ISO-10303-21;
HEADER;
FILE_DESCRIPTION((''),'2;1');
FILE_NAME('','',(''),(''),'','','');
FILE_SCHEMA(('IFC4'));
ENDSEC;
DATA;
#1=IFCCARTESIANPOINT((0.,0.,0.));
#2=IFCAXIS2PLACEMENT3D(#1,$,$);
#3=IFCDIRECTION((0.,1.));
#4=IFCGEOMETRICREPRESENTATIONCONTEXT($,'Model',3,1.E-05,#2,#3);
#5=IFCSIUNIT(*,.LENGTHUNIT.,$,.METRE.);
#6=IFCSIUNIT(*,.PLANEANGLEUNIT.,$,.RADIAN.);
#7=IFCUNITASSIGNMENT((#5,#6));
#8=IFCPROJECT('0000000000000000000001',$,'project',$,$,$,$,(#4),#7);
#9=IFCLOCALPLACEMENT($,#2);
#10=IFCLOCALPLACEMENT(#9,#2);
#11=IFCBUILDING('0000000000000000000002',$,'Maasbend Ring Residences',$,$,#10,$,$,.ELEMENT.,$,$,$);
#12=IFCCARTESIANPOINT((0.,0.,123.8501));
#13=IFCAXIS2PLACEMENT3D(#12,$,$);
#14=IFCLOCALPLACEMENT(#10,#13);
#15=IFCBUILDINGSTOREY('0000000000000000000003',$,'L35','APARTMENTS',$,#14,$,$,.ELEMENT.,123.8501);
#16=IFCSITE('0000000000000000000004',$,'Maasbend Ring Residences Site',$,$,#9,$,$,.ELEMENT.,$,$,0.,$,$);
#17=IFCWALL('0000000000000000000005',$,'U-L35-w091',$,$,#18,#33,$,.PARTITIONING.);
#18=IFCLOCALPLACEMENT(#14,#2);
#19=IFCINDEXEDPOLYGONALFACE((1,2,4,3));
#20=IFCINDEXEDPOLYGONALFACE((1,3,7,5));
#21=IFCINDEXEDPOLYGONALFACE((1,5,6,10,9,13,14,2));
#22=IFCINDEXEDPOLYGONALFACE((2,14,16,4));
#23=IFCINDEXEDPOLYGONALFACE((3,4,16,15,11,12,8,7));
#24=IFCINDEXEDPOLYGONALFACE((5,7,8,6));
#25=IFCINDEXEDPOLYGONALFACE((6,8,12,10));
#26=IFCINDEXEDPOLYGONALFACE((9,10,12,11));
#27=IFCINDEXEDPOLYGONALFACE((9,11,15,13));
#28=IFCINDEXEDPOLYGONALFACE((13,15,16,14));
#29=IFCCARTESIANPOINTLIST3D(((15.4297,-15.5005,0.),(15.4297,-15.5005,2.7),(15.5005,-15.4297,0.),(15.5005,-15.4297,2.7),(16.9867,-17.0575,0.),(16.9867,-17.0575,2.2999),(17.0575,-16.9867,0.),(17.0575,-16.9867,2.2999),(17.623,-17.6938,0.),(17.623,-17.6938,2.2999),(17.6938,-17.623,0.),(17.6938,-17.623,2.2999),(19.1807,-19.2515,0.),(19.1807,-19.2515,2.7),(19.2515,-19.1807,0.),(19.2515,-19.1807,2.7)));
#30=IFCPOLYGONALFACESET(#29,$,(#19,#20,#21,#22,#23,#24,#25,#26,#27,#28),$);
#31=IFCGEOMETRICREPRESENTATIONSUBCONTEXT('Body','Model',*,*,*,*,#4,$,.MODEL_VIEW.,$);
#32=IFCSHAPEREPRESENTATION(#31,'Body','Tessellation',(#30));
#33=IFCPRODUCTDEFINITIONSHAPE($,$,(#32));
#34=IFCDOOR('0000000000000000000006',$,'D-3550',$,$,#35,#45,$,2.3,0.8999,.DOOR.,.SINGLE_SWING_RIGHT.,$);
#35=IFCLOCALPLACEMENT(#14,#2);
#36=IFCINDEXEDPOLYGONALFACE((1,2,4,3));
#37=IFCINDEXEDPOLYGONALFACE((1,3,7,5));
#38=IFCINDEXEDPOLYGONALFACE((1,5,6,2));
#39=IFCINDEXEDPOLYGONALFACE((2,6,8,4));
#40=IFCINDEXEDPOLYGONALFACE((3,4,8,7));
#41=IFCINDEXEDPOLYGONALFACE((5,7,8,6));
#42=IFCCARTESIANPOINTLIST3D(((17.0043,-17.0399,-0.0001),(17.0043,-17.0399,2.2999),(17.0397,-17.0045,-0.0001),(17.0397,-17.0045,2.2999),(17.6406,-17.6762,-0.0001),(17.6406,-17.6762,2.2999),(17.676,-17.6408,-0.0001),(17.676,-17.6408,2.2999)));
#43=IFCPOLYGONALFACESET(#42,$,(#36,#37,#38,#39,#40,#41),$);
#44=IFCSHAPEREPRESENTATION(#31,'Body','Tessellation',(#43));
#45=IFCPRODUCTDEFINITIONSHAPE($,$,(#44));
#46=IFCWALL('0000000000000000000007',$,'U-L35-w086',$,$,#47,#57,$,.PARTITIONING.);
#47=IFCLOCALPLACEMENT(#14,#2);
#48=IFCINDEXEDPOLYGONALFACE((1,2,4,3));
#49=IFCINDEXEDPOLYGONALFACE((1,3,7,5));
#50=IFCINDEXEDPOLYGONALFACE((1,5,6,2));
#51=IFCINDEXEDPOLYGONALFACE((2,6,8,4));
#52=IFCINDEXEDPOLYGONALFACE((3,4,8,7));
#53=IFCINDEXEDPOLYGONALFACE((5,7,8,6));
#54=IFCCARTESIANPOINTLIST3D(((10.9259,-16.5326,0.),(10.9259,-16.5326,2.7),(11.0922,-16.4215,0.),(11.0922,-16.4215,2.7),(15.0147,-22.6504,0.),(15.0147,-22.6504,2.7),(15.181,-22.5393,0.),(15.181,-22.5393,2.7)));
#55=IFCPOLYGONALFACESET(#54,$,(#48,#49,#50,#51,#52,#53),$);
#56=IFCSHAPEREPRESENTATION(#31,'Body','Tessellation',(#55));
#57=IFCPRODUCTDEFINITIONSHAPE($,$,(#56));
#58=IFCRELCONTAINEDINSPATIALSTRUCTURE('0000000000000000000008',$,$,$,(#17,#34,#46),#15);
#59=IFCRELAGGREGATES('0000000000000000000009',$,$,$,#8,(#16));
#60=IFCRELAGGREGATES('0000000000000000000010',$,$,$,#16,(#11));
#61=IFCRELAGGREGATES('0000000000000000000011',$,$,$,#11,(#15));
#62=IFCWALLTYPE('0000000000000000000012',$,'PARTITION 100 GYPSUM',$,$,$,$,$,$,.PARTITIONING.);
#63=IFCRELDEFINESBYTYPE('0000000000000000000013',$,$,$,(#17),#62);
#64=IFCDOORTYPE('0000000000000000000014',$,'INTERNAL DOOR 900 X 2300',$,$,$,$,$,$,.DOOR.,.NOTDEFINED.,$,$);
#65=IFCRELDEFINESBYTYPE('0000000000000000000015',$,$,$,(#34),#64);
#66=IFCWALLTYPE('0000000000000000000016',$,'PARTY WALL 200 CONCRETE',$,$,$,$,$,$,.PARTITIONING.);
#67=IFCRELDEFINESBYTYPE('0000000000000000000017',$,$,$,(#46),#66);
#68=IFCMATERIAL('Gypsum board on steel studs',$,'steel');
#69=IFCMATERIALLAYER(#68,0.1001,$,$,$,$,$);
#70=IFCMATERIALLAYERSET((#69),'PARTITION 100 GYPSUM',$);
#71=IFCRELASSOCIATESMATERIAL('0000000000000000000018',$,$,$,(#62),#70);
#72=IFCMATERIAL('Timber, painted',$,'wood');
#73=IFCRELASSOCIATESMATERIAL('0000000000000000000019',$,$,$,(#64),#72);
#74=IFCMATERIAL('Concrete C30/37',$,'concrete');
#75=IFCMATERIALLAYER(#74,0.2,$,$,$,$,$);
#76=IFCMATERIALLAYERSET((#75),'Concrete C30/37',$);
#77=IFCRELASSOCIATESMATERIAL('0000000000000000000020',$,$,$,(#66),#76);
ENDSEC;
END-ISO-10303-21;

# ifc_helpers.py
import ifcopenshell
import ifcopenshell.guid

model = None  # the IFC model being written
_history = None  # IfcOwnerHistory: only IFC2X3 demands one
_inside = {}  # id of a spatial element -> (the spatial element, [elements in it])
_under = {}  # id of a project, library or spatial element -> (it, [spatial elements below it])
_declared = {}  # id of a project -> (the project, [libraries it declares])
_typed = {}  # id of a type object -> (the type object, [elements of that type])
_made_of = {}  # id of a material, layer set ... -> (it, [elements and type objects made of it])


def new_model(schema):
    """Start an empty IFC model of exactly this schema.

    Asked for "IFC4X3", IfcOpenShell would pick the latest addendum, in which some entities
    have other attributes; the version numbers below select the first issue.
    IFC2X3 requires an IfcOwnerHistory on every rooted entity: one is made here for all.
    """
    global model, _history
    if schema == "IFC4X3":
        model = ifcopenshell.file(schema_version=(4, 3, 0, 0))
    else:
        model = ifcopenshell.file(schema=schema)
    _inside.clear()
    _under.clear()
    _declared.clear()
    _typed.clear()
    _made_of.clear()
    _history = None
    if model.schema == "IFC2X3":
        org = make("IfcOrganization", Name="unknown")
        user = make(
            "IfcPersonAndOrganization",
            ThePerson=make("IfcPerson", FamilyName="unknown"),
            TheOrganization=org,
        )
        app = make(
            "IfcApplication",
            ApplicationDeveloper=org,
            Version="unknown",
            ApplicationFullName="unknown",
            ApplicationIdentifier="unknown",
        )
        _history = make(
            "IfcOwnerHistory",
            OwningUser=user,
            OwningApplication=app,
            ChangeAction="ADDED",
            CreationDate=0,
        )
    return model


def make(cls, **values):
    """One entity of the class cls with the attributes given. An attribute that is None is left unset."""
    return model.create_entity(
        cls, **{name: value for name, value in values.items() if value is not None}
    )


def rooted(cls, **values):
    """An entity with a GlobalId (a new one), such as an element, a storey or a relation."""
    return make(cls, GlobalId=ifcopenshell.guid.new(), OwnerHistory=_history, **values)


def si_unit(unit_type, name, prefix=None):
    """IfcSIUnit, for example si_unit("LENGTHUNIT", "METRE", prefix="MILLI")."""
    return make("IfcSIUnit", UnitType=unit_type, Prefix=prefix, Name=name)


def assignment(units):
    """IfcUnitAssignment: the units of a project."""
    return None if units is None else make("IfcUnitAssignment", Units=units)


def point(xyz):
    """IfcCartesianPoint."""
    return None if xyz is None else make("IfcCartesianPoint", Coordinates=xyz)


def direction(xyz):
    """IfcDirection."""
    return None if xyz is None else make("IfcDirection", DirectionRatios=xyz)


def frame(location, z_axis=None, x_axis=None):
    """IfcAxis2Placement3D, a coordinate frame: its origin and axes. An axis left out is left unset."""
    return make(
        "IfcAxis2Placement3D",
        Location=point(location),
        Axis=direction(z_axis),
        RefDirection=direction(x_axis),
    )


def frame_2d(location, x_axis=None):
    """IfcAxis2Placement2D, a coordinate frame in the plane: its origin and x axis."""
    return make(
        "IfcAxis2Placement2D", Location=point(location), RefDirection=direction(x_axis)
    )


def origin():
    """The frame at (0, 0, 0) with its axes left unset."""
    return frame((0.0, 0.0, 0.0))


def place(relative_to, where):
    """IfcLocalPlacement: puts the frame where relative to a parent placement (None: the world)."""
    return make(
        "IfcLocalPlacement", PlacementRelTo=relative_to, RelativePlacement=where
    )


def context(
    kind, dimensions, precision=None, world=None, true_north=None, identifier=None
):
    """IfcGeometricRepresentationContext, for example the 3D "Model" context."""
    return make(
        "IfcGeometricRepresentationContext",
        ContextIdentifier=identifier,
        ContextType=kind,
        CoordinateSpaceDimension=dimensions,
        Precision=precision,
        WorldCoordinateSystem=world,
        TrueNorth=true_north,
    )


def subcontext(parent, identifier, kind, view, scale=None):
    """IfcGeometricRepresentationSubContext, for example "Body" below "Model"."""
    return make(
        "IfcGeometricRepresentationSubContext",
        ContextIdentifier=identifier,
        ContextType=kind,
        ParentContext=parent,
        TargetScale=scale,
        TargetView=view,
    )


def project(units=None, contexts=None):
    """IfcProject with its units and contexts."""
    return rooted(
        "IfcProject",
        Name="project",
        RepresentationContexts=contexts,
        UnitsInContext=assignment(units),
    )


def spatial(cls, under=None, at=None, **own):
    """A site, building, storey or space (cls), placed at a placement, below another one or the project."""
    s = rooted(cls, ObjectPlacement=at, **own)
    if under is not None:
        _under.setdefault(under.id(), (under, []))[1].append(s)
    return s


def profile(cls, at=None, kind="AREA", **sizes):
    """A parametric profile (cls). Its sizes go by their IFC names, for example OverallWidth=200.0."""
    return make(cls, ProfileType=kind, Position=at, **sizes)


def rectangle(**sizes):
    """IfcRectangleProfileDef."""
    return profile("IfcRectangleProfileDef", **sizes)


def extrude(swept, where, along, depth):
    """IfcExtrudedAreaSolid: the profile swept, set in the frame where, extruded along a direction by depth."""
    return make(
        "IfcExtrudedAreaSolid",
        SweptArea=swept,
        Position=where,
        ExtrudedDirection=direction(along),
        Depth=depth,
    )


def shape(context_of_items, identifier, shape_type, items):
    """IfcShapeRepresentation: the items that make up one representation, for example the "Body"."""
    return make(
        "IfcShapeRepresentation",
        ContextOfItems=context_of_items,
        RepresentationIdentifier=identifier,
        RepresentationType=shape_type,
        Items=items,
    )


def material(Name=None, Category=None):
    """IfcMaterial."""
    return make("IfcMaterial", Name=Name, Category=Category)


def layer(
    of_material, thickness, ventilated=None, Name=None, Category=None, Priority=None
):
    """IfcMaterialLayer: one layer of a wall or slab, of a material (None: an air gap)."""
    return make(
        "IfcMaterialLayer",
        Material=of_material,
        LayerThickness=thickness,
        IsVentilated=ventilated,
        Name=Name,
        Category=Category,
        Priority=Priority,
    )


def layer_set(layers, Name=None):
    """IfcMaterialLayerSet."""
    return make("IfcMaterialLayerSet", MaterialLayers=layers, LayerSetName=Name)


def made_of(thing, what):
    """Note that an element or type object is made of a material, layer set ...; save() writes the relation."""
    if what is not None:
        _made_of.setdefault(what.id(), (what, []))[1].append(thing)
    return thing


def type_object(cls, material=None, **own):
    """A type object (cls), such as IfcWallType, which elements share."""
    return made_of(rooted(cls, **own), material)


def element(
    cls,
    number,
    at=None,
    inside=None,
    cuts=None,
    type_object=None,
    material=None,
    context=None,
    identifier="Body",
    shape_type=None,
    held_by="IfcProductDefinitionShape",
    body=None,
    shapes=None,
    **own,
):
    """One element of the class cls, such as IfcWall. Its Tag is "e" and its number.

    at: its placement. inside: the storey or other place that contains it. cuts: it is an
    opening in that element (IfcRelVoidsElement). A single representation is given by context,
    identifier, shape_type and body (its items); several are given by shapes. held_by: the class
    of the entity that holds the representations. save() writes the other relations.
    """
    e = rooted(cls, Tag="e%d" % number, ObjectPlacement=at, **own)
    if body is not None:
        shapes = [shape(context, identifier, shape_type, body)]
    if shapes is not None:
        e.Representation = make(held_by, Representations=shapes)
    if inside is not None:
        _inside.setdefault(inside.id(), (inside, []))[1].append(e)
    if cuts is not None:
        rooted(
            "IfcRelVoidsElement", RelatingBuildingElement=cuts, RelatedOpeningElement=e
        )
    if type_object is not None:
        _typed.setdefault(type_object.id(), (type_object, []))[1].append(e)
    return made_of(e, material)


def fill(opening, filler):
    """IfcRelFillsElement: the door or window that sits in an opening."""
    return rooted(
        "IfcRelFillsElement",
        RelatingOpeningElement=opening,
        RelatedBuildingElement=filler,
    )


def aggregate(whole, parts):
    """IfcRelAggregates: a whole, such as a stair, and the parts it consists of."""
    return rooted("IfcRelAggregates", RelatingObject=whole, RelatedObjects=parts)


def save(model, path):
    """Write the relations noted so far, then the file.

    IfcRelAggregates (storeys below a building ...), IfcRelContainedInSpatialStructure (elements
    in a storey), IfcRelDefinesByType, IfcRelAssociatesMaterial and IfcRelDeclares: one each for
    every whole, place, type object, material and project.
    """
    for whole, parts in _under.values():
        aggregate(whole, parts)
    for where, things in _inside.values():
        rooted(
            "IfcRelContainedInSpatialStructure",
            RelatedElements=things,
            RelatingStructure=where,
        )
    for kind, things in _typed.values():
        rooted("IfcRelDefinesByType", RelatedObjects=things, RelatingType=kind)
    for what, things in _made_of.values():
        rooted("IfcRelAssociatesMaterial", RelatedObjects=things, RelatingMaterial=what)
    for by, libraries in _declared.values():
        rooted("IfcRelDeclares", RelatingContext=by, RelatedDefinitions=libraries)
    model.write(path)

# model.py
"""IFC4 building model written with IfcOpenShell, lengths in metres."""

from ifc_helpers import new_model, si_unit, direction, frame, frame_2d, origin, place, context, subcontext, project, spatial, rectangle, extrude, material, layer, layer_set, type_object, element, fill, save


model = new_model("IFC4")

# Units and contexts
model_context = context("Model", 3, precision=1e-05, world=origin(), true_north=direction((0.0, 1.0)))
body_context = subcontext(model_context, "Body", "Model", "MODEL_VIEW")
ifc_project = project(units=[si_unit("LENGTHUNIT", "METRE"), si_unit("PLANEANGLEUNIT", "RADIAN")], contexts=[model_context])

# Site, building, storey
site_placement = place(None, origin())
site = spatial("IfcSite", under=ifc_project, at=site_placement, Name="Maasbend Ring Residences Site", CompositionType="ELEMENT", RefElevation=0.0)
building_placement = place(site_placement, origin())
building = spatial("IfcBuilding", under=site, at=building_placement, Name="Maasbend Ring Residences", CompositionType="ELEMENT")
storey_placement = place(building_placement, frame((0.0, 0.0, 123.8501)))
storey = spatial("IfcBuildingStorey", under=building, at=storey_placement, Name="L35", Description="APARTMENTS", CompositionType="ELEMENT", Elevation=123.8501)

# Shared definitions
ifc_material_1 = material(Name="Gypsum board on steel studs", Category="steel")
ifc_layer_1 = layer(ifc_material_1, 0.1001)
ifc_layer_set_1 = layer_set([ifc_layer_1], Name="PARTITION 100 GYPSUM")
wall_type_1 = type_object("IfcWallType", Name="PARTITION 100 GYPSUM", PredefinedType="PARTITIONING", material=ifc_layer_set_1)

# Wall, opening, door
ifc_material_2 = material(Name="Timber, painted", Category="wood")
door_type_1 = type_object("IfcDoorType", Name="INTERNAL DOOR 900 X 2300", OperationType="NOTDEFINED", PredefinedType="DOOR", material=ifc_material_2)
wall_1_placement = place(storey_placement, frame((15.4651, -15.4651, 0.0), z_axis=(0.0, 0.0, 1.0), x_axis=(0.707107, -0.707107, 0.0)))
wall_1 = element("IfcWall", 1, at=wall_1_placement, inside=storey, type_object=wall_type_1, Name="U-L35-w091", PredefinedType="PARTITIONING", context=body_context, shape_type="SweptSolid", body=[
    extrude(rectangle(XDim=5.3047, YDim=0.1001, at=frame_2d((2.6523, 0.0))), origin(), (0.0, 0.0, 1.0), 2.7),
])
opening_1_placement = place(wall_1_placement, frame((2.2019, 0.0, 0.0)))
opening_1 = element("IfcOpeningElement", 2, at=opening_1_placement, cuts=wall_1, PredefinedType="OPENING", context=body_context, shape_type="SweptSolid", body=[
    extrude(rectangle(XDim=0.8999, YDim=2.3, at=frame_2d((0.45, 1.1499))), frame((0.0, 0.0601, 0.0), z_axis=(0.0, -1.0, 0.0), x_axis=(1.0, 0.0, 0.0)), (0.0, 0.0, 1.0), 0.1201),
])
door_1_placement = place(opening_1_placement, origin())
door_1 = element("IfcDoor", 3, at=door_1_placement, inside=storey, type_object=door_type_1, Name="D-3550", OperationType="SINGLE_SWING_RIGHT", OverallHeight=2.3, OverallWidth=0.8999, PredefinedType="DOOR", context=body_context, shape_type="SweptSolid", body=[
    extrude(rectangle(XDim=0.8999, YDim=2.3, at=frame_2d((0.45, 1.1499))), frame((0.0, 0.0249, 0.0), z_axis=(0.0, -1.0, 0.0), x_axis=(1.0, 0.0, 0.0)), (0.0, 0.0, 1.0), 0.05),
])
fill(opening_1, door_1)

# Wall
ifc_material_3 = material(Name="Concrete C30/37", Category="concrete")
ifc_layer_2 = layer(ifc_material_3, 0.2)
ifc_layer_set_2 = layer_set([ifc_layer_2], Name="Concrete C30/37")
wall_type_2 = type_object("IfcWallType", Name="PARTY WALL 200 CONCRETE", PredefinedType="PARTITIONING", material=ifc_layer_set_2)
wall_2_placement = place(storey_placement, frame((11.009, -16.4771, 0.0), z_axis=(0.0, 0.0, 1.0), x_axis=(0.555665, -0.831407, 0.0)))
element("IfcWall", 4, at=wall_2_placement, inside=storey, type_object=wall_type_2, Name="U-L35-w086", PredefinedType="PARTITIONING", context=body_context, shape_type="SweptSolid", body=[
    extrude(rectangle(XDim=7.3584, YDim=0.2, at=frame_2d((3.6792, 0.0))), origin(), (0.0, 0.0, 1.0), 2.7),
])

save(model, "model.ifc")
